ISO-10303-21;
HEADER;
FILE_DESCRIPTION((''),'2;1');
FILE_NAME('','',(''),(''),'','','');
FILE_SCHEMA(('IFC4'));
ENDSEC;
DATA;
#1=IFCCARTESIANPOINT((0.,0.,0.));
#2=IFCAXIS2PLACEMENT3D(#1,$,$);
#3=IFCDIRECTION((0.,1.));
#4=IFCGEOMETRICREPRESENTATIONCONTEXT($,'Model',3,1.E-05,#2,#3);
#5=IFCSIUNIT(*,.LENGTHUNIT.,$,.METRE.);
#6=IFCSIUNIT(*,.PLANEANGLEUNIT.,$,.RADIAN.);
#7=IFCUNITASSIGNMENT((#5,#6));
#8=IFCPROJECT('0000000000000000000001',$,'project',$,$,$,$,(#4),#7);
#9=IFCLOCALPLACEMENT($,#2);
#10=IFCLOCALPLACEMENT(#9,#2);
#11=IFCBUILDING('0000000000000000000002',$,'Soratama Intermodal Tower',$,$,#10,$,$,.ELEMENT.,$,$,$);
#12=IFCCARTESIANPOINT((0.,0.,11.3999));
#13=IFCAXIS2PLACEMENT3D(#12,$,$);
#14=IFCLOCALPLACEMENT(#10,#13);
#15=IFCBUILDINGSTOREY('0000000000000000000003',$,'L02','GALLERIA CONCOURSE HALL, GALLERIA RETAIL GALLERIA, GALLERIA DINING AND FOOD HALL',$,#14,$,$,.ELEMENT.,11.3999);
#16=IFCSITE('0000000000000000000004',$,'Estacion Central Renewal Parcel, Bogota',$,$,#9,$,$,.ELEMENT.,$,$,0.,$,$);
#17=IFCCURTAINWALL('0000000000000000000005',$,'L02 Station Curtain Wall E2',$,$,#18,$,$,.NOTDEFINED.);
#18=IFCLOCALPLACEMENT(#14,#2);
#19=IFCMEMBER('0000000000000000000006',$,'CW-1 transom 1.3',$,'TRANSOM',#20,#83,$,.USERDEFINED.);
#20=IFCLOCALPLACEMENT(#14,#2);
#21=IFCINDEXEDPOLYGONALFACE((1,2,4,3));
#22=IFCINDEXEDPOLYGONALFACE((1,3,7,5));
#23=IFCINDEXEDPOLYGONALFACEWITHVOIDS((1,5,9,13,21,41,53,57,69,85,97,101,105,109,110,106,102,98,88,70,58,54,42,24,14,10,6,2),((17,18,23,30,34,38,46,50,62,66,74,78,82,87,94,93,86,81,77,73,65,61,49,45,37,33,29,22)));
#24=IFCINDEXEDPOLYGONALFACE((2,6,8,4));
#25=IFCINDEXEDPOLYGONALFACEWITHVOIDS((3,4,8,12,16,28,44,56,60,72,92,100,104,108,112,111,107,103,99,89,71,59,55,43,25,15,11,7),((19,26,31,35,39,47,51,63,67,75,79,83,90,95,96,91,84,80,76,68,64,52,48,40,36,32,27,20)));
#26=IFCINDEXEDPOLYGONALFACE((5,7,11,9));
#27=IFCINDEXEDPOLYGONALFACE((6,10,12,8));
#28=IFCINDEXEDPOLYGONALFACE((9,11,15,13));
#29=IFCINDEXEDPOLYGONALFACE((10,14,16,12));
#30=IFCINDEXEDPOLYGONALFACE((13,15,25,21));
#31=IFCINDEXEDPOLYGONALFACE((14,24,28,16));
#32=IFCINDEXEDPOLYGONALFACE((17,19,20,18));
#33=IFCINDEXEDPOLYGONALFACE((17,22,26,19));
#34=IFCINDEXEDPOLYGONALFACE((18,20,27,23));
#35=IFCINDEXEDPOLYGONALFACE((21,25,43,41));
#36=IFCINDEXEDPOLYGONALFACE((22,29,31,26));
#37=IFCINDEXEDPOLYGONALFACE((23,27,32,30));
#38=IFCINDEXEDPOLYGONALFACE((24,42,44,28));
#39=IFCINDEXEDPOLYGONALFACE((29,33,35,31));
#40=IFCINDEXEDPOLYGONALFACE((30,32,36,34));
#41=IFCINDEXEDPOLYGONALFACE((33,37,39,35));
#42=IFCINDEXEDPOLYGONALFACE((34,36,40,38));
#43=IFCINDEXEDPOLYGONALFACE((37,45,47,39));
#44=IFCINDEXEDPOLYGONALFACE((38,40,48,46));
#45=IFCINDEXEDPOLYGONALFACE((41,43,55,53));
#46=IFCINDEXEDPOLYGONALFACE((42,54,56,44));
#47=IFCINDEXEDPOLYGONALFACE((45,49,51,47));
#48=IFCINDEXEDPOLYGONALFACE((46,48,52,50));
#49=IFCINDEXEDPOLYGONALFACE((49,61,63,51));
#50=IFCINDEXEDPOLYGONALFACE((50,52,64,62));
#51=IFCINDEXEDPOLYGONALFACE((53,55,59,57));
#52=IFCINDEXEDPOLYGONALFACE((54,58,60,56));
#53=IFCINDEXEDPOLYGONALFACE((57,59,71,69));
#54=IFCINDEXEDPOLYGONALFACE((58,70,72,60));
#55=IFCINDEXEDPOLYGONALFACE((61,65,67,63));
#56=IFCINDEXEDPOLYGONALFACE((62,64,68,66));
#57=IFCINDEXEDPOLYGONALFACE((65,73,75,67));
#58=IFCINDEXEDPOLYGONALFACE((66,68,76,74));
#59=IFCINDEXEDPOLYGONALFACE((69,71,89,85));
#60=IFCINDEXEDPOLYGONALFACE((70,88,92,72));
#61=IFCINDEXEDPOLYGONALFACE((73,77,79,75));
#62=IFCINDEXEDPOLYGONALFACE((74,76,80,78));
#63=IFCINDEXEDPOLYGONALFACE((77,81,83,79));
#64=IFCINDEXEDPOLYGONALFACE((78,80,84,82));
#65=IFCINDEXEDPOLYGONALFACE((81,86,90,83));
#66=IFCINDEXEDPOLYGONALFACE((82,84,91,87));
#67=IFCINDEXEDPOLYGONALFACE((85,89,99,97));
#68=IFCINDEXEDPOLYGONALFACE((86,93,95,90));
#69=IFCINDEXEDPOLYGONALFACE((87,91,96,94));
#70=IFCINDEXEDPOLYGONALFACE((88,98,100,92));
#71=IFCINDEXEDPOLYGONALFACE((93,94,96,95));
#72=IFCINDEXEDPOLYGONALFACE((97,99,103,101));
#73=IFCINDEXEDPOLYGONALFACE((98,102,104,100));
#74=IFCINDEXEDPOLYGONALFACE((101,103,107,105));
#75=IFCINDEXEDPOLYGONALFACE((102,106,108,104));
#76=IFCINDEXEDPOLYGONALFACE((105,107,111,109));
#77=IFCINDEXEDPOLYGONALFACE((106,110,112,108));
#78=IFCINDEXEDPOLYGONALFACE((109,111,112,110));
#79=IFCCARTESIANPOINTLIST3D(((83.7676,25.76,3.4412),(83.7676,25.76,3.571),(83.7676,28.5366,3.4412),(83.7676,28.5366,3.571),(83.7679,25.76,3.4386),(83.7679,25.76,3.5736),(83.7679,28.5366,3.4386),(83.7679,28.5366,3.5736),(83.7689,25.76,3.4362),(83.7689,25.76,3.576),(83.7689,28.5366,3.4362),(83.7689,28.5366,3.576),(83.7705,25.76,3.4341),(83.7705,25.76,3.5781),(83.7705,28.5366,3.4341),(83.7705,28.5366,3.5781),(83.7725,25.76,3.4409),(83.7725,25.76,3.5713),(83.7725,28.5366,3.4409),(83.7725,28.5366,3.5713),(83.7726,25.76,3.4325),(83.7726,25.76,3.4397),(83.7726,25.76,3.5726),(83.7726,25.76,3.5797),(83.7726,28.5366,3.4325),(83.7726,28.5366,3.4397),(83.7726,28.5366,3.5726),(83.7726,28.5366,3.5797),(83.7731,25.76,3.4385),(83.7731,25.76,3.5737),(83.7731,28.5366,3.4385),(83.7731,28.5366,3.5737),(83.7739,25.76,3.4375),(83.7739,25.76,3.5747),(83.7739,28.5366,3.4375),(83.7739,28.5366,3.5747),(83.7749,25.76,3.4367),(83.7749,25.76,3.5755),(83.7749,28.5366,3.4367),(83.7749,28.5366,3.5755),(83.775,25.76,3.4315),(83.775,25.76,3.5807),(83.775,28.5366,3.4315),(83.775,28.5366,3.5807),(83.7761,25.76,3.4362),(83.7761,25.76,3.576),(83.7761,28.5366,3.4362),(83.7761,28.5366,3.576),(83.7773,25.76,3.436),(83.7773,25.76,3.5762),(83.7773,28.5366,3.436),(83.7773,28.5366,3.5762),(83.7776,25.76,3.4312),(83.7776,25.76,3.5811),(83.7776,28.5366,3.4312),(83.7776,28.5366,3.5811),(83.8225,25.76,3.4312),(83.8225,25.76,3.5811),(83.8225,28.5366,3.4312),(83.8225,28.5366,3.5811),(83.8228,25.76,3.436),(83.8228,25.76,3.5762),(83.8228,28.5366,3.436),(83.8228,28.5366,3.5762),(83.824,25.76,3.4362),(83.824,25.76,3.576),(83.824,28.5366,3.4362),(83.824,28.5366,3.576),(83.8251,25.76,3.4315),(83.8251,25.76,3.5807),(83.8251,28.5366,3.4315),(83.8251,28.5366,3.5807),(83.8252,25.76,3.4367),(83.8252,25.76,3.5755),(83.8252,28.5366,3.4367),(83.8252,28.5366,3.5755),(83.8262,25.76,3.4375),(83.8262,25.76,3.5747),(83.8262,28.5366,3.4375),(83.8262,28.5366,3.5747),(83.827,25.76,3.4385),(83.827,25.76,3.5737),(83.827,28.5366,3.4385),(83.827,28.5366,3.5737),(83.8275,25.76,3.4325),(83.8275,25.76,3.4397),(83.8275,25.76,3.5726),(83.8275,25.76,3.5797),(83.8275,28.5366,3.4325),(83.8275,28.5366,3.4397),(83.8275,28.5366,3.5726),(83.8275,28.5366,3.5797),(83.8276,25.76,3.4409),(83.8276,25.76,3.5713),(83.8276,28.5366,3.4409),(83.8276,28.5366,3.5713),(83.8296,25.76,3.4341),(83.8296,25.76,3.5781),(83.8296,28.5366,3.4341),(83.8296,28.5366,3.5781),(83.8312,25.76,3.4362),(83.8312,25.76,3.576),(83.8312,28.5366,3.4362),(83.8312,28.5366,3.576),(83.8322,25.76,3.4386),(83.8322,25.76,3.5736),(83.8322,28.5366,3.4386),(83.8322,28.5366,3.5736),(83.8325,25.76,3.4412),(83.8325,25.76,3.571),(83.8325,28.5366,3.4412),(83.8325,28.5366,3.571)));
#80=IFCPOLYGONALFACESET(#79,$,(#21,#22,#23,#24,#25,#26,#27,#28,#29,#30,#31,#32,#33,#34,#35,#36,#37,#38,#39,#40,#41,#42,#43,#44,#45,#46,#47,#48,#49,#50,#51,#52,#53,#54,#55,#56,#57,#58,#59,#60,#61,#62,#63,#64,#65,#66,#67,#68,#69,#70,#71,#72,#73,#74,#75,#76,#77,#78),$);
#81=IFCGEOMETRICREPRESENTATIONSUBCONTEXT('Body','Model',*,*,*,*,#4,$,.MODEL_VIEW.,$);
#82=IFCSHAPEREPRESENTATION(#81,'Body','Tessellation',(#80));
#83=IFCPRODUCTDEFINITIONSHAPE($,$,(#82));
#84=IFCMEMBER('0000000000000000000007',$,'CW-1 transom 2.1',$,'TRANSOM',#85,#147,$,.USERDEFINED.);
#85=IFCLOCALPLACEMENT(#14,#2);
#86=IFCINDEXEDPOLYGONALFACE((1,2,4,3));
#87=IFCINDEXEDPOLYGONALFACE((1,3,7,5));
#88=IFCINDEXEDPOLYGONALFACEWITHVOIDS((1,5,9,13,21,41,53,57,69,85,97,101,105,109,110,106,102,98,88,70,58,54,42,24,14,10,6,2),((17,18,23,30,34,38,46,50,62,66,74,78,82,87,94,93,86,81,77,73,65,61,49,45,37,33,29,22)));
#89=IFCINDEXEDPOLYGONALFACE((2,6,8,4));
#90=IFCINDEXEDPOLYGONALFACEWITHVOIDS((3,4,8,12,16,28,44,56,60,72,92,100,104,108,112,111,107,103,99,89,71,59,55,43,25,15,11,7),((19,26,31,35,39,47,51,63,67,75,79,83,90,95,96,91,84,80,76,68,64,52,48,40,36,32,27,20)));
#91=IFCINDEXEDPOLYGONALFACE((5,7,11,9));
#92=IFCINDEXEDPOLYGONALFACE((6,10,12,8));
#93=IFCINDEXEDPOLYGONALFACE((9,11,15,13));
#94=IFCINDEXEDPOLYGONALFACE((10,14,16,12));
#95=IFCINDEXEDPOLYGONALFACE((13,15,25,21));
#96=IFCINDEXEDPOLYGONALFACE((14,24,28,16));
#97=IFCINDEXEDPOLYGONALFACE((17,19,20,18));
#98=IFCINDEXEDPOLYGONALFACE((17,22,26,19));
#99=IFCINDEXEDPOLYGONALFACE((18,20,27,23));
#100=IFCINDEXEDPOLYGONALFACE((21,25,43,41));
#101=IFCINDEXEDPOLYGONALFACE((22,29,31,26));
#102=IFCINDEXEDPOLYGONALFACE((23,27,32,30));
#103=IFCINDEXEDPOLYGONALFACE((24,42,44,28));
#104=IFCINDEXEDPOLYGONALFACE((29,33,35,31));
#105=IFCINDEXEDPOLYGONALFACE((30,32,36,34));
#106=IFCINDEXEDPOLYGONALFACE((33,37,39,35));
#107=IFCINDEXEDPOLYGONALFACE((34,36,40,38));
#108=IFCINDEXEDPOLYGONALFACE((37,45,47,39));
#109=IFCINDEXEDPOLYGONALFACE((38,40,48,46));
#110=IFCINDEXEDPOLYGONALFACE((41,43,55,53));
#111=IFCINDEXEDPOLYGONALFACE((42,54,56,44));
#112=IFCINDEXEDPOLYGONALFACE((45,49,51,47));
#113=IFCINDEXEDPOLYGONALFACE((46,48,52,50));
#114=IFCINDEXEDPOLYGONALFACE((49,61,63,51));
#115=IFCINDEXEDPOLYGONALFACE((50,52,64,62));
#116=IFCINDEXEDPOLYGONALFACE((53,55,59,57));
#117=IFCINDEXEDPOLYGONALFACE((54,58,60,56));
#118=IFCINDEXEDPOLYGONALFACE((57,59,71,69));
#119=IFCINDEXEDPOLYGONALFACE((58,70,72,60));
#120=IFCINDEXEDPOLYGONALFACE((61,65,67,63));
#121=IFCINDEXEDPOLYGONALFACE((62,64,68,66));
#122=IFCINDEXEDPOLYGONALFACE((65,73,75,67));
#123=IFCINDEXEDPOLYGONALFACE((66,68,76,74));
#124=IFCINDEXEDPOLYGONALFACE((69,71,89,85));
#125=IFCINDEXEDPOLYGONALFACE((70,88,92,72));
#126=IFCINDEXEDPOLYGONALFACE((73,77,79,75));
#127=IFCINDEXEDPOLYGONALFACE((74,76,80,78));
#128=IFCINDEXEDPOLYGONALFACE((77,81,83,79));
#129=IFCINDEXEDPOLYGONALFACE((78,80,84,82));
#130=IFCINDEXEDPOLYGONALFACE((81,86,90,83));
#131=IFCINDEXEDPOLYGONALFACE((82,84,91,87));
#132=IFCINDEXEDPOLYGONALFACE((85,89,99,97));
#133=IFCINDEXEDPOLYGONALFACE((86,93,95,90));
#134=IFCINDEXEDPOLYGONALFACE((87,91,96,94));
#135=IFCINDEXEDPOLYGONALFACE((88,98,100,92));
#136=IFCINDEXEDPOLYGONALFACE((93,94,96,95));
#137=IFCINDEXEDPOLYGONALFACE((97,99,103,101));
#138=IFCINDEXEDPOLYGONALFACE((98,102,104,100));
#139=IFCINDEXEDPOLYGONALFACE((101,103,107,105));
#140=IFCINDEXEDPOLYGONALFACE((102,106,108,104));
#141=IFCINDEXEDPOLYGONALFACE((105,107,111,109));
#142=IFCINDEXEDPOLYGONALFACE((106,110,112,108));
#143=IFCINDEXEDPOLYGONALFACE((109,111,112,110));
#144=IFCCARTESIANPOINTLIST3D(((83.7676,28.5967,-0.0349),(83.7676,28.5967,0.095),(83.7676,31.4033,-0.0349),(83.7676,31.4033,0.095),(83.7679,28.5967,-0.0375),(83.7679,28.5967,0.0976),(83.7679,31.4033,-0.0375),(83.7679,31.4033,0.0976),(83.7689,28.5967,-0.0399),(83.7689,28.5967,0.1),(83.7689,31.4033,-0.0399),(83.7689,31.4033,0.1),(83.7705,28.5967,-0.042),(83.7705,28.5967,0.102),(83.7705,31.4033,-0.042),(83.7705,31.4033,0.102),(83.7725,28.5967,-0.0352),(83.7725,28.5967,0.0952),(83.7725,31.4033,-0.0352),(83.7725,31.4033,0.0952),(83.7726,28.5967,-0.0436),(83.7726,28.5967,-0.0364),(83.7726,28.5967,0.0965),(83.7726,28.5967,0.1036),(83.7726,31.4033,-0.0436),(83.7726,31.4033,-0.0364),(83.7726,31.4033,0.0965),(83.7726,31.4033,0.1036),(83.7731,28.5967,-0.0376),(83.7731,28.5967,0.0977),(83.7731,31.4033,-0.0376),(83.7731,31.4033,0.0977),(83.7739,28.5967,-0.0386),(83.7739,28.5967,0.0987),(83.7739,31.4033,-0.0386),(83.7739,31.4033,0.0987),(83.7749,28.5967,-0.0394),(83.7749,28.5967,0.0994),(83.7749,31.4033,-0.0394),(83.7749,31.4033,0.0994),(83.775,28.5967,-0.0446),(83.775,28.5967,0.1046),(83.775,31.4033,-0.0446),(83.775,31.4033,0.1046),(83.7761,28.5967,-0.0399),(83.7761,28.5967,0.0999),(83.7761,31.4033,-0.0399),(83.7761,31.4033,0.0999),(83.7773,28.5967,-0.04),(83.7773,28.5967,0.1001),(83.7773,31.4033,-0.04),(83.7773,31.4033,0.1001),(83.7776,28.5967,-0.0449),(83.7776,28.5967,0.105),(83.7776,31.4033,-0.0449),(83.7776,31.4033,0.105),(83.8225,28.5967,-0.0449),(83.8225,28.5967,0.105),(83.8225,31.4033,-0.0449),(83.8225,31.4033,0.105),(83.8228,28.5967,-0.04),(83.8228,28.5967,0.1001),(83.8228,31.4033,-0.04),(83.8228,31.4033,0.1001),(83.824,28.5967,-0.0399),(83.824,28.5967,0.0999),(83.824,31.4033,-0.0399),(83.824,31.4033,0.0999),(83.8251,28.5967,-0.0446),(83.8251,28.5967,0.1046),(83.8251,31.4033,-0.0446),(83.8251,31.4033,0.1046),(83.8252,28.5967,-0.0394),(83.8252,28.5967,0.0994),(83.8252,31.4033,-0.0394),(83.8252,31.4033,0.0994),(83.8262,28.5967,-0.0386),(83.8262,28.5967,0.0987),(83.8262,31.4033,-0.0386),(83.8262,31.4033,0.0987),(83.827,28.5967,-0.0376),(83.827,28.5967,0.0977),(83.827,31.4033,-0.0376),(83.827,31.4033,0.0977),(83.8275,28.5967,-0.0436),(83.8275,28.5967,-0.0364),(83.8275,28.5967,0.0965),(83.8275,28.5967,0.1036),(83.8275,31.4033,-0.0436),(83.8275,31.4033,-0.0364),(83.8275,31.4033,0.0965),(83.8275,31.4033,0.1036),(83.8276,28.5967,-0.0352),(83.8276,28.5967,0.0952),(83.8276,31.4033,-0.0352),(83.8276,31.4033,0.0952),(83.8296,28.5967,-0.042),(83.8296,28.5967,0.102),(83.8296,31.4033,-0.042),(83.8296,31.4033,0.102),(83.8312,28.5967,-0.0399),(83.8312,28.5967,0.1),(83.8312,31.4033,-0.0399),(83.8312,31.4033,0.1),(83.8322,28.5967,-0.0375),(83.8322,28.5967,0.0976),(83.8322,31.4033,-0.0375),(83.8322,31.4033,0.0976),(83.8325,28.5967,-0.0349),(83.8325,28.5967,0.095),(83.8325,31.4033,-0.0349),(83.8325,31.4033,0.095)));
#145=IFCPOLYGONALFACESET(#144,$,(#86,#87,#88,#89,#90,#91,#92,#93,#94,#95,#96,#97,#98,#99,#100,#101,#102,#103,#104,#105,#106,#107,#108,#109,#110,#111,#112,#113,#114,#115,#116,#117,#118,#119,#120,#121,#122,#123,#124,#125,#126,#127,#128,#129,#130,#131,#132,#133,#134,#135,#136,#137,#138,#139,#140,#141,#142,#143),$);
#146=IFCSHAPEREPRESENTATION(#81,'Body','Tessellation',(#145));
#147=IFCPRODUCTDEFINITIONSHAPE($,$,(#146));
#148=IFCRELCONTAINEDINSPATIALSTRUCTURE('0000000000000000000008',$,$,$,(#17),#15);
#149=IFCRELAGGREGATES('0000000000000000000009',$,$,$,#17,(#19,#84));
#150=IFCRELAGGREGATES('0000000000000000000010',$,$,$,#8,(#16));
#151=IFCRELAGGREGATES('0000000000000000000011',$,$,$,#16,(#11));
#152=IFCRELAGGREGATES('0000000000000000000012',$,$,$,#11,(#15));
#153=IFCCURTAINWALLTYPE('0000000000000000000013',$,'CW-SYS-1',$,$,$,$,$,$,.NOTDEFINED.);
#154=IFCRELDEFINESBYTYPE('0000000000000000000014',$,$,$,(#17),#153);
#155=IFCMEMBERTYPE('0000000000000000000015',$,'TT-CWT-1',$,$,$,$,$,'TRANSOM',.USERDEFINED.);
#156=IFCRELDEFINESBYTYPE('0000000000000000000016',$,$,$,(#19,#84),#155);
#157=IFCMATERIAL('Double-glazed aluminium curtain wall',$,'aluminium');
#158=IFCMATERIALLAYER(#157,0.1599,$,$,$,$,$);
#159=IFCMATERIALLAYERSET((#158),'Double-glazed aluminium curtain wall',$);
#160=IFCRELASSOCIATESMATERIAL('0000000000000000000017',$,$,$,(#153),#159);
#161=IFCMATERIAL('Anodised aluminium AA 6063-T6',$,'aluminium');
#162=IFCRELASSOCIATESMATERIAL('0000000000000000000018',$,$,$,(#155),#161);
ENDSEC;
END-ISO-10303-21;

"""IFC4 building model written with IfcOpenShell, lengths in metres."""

from ifc_helpers import new_model, si_unit, direction, frame, origin, origin_2d, place, context, subcontext, project, spatial, hollow_rectangle, extrude, material, layer, layer_set, material_profile, profile_set, type_object, element, aggregate, save


model = new_model("IFC4")

# Units and contexts
model_context = context("Model", 3, precision=1e-05, world=origin(), true_north=direction((0.0, 1.0)))
body_context = subcontext(model_context, "Body", "Model", "MODEL_VIEW")
ifc_project = project(units=[si_unit("LENGTHUNIT", "METRE"), si_unit("PLANEANGLEUNIT", "RADIAN")], contexts=[model_context])

# Site, building, storey
site_placement = place(None, origin())
site = spatial("IfcSite", under=ifc_project, at=site_placement, Name="Estacion Central Renewal Parcel, Bogota", CompositionType="ELEMENT", RefElevation=0.0)
building_placement = place(site_placement, origin())
building = spatial("IfcBuilding", under=site, at=building_placement, Name="Soratama Intermodal Tower", CompositionType="ELEMENT")
storey_placement = place(building_placement, frame((0.0, 0.0, 11.3999)))
storey = spatial("IfcBuildingStorey", under=building, at=storey_placement, Name="L02", Description="GALLERIA CONCOURSE HALL, GALLERIA RETAIL GALLERIA, GALLERIA DINING AND FOOD HALL", CompositionType="ELEMENT", Elevation=11.3999)

# Curtain wall, members
ifc_material_1 = material(Name="Double-glazed aluminium curtain wall", Category="aluminium")
ifc_layer_1 = layer(ifc_material_1, 0.1599)
ifc_layer_set_1 = layer_set([ifc_layer_1], Name="Double-glazed aluminium curtain wall")
curtain_wall_type = type_object("IfcCurtainWallType", Name="CW-SYS-1", PredefinedType="NOTDEFINED", material=ifc_layer_set_1)
curtain_wall_placement = place(storey_placement, origin())
curtain_wall = element("IfcCurtainWall", 1, at=curtain_wall_placement, inside=storey, type_object=curtain_wall_type, Name="L02 Station Curtain Wall E2", PredefinedType="NOTDEFINED")
ifc_material_2 = material(Name="Anodised aluminium AA 6063-T6", Category="aluminium")
ifc_material_profile_1 = material_profile(ifc_material_2, hollow_rectangle(XDim=0.0649, YDim=0.1499, WallThickness=0.0049, InnerFilletRadius=0.0049, OuterFilletRadius=0.01, at=origin_2d()), Name="CWT150X65X5")
ifc_profile_set_1 = profile_set([ifc_material_profile_1], Name="Anodised aluminium AA 6063-T6")
member_type_1 = type_object("IfcMemberType", Name="TT-CWT-1", ElementType="TRANSOM", PredefinedType="USERDEFINED", material=ifc_profile_set_1)
member_1_placement = place(storey_placement, frame((83.8, 25.76, 3.5061), z_axis=(0.0, 1.0, 0.0), x_axis=(-1.0, 0.0, 0.0)))
member_1 = element("IfcMember", 2, at=member_1_placement, type_object=member_type_1, Name="CW-1 transom 1.3", ObjectType="TRANSOM", PredefinedType="USERDEFINED", context=body_context, shape_type="SweptSolid", body=[
    extrude(hollow_rectangle(XDim=0.0649, YDim=0.1499, WallThickness=0.0049, InnerFilletRadius=0.0049, OuterFilletRadius=0.01, at=origin_2d()), origin(), (0.0, 0.0, 1.0), 2.7766),
])
member_2_placement = place(storey_placement, frame((83.8, 28.5967, 0.03), z_axis=(0.0, 1.0, 0.0), x_axis=(-1.0, 0.0, 0.0)))
member_2 = element("IfcMember", 3, at=member_2_placement, type_object=member_type_1, Name="CW-1 transom 2.1", ObjectType="TRANSOM", PredefinedType="USERDEFINED", context=body_context, shape_type="SweptSolid", body=[
    extrude(hollow_rectangle(XDim=0.0649, YDim=0.1499, WallThickness=0.0049, InnerFilletRadius=0.0049, OuterFilletRadius=0.01, at=origin_2d()), origin(), (0.0, 0.0, 1.0), 2.8066),
])
aggregate(curtain_wall, [member_1, member_2])

save(model, "model.ifc")
